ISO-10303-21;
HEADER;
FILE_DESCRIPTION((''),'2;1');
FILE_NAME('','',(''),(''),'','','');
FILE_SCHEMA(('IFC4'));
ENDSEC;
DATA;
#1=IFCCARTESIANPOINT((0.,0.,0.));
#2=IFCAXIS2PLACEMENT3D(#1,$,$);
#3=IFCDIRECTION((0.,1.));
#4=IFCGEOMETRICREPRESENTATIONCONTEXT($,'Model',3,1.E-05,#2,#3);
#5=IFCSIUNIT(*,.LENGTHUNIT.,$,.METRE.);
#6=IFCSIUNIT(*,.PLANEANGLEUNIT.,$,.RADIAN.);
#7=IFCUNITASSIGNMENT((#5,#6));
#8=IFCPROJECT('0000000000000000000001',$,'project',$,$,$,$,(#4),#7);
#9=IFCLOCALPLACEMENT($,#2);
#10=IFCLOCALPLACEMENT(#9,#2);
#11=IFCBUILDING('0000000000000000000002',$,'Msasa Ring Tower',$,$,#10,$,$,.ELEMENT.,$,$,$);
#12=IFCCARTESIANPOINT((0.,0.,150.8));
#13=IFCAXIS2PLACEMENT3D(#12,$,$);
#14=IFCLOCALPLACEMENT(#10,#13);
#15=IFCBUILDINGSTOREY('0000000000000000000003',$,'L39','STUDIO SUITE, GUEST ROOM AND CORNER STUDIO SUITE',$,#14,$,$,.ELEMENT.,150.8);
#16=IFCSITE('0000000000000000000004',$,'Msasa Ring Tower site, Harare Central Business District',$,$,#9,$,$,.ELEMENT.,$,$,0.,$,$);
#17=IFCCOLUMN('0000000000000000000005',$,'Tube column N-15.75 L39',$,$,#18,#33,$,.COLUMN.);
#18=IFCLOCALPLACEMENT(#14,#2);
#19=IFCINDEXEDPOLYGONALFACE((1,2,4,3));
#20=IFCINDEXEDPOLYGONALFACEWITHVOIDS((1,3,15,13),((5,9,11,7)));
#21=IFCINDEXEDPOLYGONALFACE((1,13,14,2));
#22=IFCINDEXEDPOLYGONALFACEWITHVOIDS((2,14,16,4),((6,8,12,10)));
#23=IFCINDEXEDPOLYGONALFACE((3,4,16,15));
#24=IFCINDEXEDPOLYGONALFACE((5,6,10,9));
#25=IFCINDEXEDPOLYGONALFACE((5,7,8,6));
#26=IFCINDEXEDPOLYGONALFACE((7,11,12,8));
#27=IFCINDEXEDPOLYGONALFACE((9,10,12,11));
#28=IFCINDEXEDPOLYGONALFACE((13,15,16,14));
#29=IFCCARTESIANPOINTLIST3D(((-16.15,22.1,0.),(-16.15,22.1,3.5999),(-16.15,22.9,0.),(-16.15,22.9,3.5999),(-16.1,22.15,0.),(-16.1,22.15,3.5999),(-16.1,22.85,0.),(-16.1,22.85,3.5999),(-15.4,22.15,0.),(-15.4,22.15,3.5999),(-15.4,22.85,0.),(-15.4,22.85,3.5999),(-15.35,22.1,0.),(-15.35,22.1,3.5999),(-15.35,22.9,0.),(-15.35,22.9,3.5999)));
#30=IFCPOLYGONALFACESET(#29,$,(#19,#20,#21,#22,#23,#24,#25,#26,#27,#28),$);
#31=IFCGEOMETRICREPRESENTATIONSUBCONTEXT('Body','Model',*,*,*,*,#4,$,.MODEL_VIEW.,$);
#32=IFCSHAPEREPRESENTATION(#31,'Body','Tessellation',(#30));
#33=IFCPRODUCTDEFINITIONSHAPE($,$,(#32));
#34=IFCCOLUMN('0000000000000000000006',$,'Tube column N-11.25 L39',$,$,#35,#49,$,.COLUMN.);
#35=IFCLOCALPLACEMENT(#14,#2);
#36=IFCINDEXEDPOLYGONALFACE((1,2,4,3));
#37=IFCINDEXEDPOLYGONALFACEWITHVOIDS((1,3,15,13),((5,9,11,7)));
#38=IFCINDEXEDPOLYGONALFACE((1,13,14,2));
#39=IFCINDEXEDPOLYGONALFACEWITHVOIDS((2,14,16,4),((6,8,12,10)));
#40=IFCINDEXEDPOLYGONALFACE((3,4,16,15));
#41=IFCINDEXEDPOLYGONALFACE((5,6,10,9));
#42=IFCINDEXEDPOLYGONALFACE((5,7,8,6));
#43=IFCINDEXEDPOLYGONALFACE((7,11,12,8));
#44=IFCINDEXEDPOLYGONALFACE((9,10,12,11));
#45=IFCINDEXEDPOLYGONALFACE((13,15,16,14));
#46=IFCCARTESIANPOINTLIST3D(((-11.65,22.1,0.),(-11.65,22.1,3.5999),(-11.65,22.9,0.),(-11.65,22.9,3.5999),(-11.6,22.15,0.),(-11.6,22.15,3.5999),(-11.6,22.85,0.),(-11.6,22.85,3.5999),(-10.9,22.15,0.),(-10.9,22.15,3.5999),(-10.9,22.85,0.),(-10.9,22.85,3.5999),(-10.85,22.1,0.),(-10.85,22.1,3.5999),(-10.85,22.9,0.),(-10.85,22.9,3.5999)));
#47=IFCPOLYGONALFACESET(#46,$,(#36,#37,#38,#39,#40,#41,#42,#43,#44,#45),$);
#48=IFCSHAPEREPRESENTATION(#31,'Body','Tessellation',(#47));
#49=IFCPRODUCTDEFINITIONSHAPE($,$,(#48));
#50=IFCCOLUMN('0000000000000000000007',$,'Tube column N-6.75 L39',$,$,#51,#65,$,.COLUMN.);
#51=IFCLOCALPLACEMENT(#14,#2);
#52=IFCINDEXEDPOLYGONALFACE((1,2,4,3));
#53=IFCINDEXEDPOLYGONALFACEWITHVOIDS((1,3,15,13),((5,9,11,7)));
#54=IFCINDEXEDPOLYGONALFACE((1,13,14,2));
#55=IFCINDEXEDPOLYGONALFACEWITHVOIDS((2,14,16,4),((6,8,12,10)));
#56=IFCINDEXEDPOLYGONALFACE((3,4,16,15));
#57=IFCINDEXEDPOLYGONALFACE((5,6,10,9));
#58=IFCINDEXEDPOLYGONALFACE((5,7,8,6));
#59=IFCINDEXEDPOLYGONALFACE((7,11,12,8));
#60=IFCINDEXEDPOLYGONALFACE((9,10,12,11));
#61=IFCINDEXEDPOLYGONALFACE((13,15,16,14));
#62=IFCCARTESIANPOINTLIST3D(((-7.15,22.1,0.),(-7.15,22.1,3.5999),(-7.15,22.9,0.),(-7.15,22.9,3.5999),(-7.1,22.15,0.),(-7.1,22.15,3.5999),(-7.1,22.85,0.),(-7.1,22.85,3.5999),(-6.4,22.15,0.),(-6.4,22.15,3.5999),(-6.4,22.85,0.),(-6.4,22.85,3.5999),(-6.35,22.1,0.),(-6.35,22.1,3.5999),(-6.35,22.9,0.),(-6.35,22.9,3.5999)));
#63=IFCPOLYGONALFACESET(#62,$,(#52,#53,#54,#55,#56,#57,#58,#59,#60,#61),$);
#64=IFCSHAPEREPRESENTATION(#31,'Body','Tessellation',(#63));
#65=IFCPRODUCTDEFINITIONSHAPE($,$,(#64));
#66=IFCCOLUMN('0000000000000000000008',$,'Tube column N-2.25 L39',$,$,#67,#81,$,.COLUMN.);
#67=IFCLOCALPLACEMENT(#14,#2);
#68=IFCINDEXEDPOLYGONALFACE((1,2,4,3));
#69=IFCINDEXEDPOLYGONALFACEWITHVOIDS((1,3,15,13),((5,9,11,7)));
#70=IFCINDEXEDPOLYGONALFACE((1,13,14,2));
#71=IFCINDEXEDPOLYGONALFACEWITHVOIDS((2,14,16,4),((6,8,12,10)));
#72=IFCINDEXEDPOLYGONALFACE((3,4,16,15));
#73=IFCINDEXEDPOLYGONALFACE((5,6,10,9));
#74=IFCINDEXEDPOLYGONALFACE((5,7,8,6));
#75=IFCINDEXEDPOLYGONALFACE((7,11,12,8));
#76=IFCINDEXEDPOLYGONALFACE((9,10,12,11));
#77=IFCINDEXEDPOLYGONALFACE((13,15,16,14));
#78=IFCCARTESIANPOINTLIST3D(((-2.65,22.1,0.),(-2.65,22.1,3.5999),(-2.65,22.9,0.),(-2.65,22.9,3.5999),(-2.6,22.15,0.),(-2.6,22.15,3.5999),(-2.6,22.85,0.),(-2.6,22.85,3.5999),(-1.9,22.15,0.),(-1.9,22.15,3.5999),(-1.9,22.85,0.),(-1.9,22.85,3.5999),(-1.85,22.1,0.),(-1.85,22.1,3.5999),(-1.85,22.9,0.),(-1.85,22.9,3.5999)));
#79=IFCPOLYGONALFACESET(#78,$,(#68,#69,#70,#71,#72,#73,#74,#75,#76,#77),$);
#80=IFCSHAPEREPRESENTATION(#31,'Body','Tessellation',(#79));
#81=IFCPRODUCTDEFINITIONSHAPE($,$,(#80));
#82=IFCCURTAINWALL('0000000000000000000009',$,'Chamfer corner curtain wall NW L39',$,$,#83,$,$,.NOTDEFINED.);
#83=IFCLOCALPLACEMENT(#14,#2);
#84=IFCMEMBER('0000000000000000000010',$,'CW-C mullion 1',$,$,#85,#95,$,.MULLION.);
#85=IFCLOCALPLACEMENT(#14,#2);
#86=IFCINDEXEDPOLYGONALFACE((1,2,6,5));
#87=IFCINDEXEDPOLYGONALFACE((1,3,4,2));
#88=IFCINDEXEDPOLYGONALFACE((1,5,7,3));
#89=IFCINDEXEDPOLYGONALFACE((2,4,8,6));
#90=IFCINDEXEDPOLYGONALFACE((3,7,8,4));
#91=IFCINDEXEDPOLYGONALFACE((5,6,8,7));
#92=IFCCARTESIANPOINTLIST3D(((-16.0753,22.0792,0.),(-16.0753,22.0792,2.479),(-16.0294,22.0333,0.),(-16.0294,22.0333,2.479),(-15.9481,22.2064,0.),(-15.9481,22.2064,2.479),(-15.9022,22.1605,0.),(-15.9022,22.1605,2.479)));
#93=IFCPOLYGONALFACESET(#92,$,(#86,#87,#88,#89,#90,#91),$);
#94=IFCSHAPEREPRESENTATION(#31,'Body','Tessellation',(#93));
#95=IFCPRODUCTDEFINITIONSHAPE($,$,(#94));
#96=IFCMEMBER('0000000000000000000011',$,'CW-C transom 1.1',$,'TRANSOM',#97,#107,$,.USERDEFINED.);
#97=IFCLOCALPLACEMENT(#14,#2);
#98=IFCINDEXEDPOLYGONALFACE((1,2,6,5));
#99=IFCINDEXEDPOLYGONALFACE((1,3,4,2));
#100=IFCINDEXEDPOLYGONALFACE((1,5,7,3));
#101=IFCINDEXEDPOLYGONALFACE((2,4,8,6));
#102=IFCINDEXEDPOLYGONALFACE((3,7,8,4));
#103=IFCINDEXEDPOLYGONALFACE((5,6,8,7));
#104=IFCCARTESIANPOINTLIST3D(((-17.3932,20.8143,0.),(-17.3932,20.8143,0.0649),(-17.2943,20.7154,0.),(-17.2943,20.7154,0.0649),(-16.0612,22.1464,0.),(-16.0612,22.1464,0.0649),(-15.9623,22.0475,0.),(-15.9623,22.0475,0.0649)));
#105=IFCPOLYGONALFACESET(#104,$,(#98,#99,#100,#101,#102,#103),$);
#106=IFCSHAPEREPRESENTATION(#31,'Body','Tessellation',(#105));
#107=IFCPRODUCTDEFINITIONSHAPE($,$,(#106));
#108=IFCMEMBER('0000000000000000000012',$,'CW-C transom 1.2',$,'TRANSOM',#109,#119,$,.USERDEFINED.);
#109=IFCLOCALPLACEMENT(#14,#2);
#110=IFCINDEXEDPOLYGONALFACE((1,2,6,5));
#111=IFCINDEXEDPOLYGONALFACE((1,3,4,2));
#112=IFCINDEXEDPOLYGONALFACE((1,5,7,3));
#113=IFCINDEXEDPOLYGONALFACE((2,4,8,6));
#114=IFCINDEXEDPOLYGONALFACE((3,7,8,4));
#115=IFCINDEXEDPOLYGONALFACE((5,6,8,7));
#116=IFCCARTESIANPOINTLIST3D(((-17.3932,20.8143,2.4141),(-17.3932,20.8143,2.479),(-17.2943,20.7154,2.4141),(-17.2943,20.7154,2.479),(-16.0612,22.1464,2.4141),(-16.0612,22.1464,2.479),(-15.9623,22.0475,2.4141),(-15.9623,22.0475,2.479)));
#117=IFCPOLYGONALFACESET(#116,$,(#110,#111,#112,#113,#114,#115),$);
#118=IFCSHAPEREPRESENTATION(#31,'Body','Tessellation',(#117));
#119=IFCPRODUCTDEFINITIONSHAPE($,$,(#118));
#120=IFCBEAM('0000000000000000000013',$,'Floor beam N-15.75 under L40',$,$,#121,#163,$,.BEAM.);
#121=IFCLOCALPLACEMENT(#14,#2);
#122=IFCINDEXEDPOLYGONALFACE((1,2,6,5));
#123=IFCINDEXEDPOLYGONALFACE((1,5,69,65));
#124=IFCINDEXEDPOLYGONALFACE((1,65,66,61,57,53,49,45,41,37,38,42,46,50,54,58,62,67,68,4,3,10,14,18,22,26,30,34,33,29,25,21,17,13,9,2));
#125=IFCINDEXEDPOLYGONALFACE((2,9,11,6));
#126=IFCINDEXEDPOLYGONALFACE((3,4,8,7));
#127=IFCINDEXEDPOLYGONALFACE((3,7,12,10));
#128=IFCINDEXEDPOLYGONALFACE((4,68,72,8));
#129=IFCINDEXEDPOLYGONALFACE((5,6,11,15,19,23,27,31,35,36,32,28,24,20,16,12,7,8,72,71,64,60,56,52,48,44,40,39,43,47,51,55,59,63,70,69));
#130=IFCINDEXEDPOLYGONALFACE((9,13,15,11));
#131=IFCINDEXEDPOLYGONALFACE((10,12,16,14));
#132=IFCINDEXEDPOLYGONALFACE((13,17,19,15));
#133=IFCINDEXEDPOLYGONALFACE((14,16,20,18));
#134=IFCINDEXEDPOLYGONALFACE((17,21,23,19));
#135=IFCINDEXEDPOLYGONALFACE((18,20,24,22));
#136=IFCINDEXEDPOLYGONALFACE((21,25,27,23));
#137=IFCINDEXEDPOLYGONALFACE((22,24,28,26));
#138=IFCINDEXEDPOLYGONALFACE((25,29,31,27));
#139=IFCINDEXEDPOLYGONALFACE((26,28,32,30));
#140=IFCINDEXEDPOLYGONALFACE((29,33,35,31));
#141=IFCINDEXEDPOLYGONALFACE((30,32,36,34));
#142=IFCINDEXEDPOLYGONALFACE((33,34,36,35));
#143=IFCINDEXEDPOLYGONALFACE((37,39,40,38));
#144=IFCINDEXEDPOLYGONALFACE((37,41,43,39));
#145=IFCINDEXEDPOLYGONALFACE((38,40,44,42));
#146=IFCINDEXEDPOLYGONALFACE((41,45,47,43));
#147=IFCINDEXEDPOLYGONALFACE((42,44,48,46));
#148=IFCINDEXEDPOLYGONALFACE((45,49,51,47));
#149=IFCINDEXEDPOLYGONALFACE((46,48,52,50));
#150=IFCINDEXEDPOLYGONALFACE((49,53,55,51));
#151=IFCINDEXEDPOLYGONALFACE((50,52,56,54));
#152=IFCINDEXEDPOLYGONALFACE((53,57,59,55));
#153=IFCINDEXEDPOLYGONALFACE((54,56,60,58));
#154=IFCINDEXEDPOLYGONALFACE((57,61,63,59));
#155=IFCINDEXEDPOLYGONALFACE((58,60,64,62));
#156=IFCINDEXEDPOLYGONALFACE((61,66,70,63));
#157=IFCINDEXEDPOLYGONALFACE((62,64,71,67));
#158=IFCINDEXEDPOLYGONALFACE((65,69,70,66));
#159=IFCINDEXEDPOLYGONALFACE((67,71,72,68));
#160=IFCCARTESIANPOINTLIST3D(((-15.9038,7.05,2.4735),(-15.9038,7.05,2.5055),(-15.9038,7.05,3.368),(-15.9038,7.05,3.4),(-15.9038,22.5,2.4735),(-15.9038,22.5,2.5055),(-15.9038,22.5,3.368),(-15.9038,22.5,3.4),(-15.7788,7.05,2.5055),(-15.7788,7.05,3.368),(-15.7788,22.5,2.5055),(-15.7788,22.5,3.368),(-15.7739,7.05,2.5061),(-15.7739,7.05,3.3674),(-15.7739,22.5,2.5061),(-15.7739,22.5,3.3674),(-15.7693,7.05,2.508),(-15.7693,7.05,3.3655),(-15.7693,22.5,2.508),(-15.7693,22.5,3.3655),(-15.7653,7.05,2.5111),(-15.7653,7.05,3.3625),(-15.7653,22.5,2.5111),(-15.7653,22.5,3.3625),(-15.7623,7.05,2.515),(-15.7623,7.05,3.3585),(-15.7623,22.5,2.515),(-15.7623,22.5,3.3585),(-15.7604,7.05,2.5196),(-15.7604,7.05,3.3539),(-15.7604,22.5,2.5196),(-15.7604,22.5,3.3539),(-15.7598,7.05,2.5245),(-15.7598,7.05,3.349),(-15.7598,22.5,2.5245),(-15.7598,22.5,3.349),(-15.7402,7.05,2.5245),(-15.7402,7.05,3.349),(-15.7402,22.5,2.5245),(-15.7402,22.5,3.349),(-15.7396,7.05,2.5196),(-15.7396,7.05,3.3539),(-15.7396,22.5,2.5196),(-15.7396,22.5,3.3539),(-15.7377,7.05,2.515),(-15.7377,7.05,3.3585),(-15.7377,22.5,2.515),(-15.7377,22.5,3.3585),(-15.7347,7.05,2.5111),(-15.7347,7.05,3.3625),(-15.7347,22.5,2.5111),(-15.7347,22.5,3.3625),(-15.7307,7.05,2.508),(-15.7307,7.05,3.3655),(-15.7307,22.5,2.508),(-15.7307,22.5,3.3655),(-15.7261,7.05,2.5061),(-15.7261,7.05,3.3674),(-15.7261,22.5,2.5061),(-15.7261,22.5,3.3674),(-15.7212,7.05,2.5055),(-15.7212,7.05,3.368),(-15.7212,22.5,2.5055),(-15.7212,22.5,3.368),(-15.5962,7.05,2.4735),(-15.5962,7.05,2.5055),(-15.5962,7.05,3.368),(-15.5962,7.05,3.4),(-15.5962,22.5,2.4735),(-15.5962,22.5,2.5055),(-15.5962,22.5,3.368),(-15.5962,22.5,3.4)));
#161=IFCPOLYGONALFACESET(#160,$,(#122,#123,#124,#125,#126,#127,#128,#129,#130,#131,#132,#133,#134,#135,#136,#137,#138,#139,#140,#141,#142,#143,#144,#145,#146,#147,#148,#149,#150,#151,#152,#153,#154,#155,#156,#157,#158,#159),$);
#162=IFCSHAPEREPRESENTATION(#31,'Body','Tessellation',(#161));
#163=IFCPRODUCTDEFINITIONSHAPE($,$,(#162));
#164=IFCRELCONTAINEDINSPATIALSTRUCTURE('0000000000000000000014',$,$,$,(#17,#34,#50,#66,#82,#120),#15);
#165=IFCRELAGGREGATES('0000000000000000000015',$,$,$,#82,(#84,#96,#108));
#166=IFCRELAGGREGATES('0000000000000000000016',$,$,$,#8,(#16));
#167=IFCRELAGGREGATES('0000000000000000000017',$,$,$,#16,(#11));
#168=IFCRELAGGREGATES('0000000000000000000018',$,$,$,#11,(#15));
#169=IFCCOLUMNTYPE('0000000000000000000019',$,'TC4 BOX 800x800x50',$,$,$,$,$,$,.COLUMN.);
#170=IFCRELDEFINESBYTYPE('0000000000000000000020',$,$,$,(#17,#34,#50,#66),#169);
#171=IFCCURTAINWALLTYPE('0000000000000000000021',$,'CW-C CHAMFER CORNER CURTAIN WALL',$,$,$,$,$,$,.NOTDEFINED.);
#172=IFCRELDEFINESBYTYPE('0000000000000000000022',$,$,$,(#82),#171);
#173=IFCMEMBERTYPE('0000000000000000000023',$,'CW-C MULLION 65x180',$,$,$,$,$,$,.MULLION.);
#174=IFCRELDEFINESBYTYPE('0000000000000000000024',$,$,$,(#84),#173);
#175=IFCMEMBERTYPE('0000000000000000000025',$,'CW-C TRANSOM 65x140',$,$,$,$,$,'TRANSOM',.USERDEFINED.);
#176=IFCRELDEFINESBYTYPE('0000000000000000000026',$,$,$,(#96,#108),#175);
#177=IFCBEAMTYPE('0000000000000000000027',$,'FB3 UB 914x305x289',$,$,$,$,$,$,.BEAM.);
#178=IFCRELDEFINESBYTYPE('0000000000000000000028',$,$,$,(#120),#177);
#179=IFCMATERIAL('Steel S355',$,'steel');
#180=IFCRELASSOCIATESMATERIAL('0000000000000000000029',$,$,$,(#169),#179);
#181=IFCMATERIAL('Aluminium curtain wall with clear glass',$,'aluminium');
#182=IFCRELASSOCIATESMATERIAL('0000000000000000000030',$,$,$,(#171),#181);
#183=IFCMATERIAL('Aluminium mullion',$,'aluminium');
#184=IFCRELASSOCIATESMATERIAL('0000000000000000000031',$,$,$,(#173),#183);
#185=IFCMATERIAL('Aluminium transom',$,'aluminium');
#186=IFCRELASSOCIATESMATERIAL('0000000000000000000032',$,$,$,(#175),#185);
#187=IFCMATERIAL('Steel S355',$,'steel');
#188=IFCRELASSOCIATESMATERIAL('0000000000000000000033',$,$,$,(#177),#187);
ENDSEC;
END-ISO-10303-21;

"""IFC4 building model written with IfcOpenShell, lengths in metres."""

from ifc_helpers import new_model, si_unit, direction, frame, origin, origin_2d, place, context, subcontext, project, spatial, rectangle, hollow_rectangle, i_section, extrude, material, material_profile, profile_set, type_object, element, aggregate, save


model = new_model("IFC4")

# Units and contexts
model_context = context("Model", 3, precision=1e-05, world=origin(), true_north=direction((0.0, 1.0)))
body_context = subcontext(model_context, "Body", "Model", "MODEL_VIEW")
ifc_project = project(units=[si_unit("LENGTHUNIT", "METRE"), si_unit("PLANEANGLEUNIT", "RADIAN")], contexts=[model_context])

# Site, building, storey
site_placement = place(None, origin())
site = spatial("IfcSite", under=ifc_project, at=site_placement, Name="Msasa Ring Tower site, Harare Central Business District", CompositionType="ELEMENT", RefElevation=0.0)
building_placement = place(site_placement, origin())
building = spatial("IfcBuilding", under=site, at=building_placement, Name="Msasa Ring Tower", CompositionType="ELEMENT")
storey_placement = place(building_placement, frame((0.0, 0.0, 150.8)))
storey = spatial("IfcBuildingStorey", under=building, at=storey_placement, Name="L39", Description="STUDIO SUITE, GUEST ROOM AND CORNER STUDIO SUITE", CompositionType="ELEMENT", Elevation=150.8)

# Columns
ifc_material_1 = material(Name="Steel S355", Category="steel")
ifc_material_profile_1 = material_profile(ifc_material_1, hollow_rectangle(XDim=0.8, YDim=0.8, WallThickness=0.05, at=origin_2d()), Name="BOX 800x800x50")
ifc_profile_set_1 = profile_set([ifc_material_profile_1], Name="Steel S355")
column_type = type_object("IfcColumnType", Name="TC4 BOX 800x800x50", PredefinedType="COLUMN", material=ifc_profile_set_1)
for number, where, z_axis, x_axis, name in (
    (1, (-15.75, 22.5, 0.0), (0.0, 0.0, 1.0), (0.0, 1.0, 0.0), "Tube column N-15.75 L39"),
    (2, (-11.25, 22.5, 0.0), (0.0, 0.0, 1.0), (0.0, 1.0, 0.0), "Tube column N-11.25 L39"),
    (3, (-6.75, 22.5, 0.0), (0.0, 0.0, 1.0), (0.0, 1.0, 0.0), "Tube column N-6.75 L39"),
    (4, (-2.25, 22.5, 0.0), (0.0, 0.0, 1.0), (0.0, 1.0, 0.0), "Tube column N-2.25 L39"),
):
    element("IfcColumn", number, at=place(storey_placement, frame(where, z_axis=z_axis, x_axis=x_axis)), inside=storey, type_object=column_type, Name=name, PredefinedType="COLUMN", context=body_context, shape_type="SweptSolid", body=[
        extrude(hollow_rectangle(XDim=0.8, YDim=0.8, WallThickness=0.05, at=origin_2d()), origin(), (0.0, 0.0, 1.0), 3.5999),
    ])

# Curtain wall, members
ifc_material_2 = material(Name="Aluminium curtain wall with clear glass", Category="aluminium")
curtain_wall_type = type_object("IfcCurtainWallType", Name="CW-C CHAMFER CORNER CURTAIN WALL", PredefinedType="NOTDEFINED", material=ifc_material_2)
curtain_wall_placement = place(storey_placement, origin())
curtain_wall = element("IfcCurtainWall", 5, at=curtain_wall_placement, inside=storey, type_object=curtain_wall_type, Name="Chamfer corner curtain wall NW L39", PredefinedType="NOTDEFINED")
ifc_material_3 = material(Name="Aluminium mullion", Category="aluminium")
ifc_material_profile_2 = material_profile(ifc_material_3, rectangle(XDim=0.0649, YDim=0.1799, at=origin_2d()), Name="AL 65x180")
ifc_profile_set_2 = profile_set([ifc_material_profile_2], Name="Aluminium mullion")
member_type_1 = type_object("IfcMemberType", Name="CW-C MULLION 65x180", PredefinedType="MULLION", material=ifc_profile_set_2)
member_1_placement = place(storey_placement, frame((-15.9888, 22.1199, 0.0), z_axis=(0.0, 0.0, 1.0), x_axis=(0.707107, -0.707107, 0.0)))
member_1 = element("IfcMember", 6, at=member_1_placement, type_object=member_type_1, Name="CW-C mullion 1", PredefinedType="MULLION", context=body_context, shape_type="SweptSolid", body=[
    extrude(rectangle(XDim=0.0649, YDim=0.1799, at=origin_2d()), origin(), (0.0, 0.0, 1.0), 2.479),
])
ifc_material_4 = material(Name="Aluminium transom", Category="aluminium")
ifc_material_profile_3 = material_profile(ifc_material_4, rectangle(XDim=0.1399, YDim=0.0649, at=origin_2d()), Name="AL 65x140")
ifc_profile_set_3 = profile_set([ifc_material_profile_3], Name="Aluminium transom")
member_type_2 = type_object("IfcMemberType", Name="CW-C TRANSOM 65x140", ElementType="TRANSOM", PredefinedType="USERDEFINED", material=ifc_profile_set_3)
member_2_placement = place(storey_placement, frame((-16.0117, 22.0969, 0.0325), z_axis=(-0.707107, -0.707107, 0.0), x_axis=(0.707107, -0.707107, 0.0)))
member_2 = element("IfcMember", 7, at=member_2_placement, type_object=member_type_2, Name="CW-C transom 1.1", ObjectType="TRANSOM", PredefinedType="USERDEFINED", context=body_context, shape_type="SweptSolid", body=[
    extrude(rectangle(XDim=0.1399, YDim=0.0649, at=origin_2d()), origin(), (0.0, 0.0, 1.0), 1.8838),
])
member_3_placement = place(storey_placement, frame((-16.0117, 22.0969, 2.4465), z_axis=(-0.707107, -0.707107, 0.0), x_axis=(0.707107, -0.707107, 0.0)))
member_3 = element("IfcMember", 8, at=member_3_placement, type_object=member_type_2, Name="CW-C transom 1.2", ObjectType="TRANSOM", PredefinedType="USERDEFINED", context=body_context, shape_type="SweptSolid", body=[
    extrude(rectangle(XDim=0.1399, YDim=0.0649, at=origin_2d()), origin(), (0.0, 0.0, 1.0), 1.8838),
])
aggregate(curtain_wall, [member_1, member_2, member_3])

# Beam
ifc_material_5 = material(Name="Steel S355", Category="steel")
ifc_material_profile_4 = material_profile(ifc_material_5, i_section(OverallWidth=0.3076, OverallDepth=0.9265, WebThickness=0.0195, FlangeThickness=0.032, FilletRadius=0.019, at=origin_2d()), Name="UB 914x305x289")
ifc_profile_set_4 = profile_set([ifc_material_profile_4], Name="Steel S355")
beam_type_1 = type_object("IfcBeamType", Name="FB3 UB 914x305x289", PredefinedType="BEAM", material=ifc_profile_set_4)
for number, where, z_axis, x_axis, name in (
    (9, (-15.75, 22.5, 2.9368), (0.0, -1.0, 0.0), (1.0, 0.0, 0.0), "Floor beam N-15.75 under L40"),
):
    element("IfcBeam", number, at=place(storey_placement, frame(where, z_axis=z_axis, x_axis=x_axis)), inside=storey, type_object=beam_type_1, Name=name, PredefinedType="BEAM", context=body_context, shape_type="SweptSolid", body=[
        extrude(i_section(OverallWidth=0.3076, OverallDepth=0.9265, WebThickness=0.0195, FlangeThickness=0.032, FilletRadius=0.019, at=origin_2d()), origin(), (0.0, 0.0, 1.0), 15.45),
    ])

save(model, "model.ifc")
